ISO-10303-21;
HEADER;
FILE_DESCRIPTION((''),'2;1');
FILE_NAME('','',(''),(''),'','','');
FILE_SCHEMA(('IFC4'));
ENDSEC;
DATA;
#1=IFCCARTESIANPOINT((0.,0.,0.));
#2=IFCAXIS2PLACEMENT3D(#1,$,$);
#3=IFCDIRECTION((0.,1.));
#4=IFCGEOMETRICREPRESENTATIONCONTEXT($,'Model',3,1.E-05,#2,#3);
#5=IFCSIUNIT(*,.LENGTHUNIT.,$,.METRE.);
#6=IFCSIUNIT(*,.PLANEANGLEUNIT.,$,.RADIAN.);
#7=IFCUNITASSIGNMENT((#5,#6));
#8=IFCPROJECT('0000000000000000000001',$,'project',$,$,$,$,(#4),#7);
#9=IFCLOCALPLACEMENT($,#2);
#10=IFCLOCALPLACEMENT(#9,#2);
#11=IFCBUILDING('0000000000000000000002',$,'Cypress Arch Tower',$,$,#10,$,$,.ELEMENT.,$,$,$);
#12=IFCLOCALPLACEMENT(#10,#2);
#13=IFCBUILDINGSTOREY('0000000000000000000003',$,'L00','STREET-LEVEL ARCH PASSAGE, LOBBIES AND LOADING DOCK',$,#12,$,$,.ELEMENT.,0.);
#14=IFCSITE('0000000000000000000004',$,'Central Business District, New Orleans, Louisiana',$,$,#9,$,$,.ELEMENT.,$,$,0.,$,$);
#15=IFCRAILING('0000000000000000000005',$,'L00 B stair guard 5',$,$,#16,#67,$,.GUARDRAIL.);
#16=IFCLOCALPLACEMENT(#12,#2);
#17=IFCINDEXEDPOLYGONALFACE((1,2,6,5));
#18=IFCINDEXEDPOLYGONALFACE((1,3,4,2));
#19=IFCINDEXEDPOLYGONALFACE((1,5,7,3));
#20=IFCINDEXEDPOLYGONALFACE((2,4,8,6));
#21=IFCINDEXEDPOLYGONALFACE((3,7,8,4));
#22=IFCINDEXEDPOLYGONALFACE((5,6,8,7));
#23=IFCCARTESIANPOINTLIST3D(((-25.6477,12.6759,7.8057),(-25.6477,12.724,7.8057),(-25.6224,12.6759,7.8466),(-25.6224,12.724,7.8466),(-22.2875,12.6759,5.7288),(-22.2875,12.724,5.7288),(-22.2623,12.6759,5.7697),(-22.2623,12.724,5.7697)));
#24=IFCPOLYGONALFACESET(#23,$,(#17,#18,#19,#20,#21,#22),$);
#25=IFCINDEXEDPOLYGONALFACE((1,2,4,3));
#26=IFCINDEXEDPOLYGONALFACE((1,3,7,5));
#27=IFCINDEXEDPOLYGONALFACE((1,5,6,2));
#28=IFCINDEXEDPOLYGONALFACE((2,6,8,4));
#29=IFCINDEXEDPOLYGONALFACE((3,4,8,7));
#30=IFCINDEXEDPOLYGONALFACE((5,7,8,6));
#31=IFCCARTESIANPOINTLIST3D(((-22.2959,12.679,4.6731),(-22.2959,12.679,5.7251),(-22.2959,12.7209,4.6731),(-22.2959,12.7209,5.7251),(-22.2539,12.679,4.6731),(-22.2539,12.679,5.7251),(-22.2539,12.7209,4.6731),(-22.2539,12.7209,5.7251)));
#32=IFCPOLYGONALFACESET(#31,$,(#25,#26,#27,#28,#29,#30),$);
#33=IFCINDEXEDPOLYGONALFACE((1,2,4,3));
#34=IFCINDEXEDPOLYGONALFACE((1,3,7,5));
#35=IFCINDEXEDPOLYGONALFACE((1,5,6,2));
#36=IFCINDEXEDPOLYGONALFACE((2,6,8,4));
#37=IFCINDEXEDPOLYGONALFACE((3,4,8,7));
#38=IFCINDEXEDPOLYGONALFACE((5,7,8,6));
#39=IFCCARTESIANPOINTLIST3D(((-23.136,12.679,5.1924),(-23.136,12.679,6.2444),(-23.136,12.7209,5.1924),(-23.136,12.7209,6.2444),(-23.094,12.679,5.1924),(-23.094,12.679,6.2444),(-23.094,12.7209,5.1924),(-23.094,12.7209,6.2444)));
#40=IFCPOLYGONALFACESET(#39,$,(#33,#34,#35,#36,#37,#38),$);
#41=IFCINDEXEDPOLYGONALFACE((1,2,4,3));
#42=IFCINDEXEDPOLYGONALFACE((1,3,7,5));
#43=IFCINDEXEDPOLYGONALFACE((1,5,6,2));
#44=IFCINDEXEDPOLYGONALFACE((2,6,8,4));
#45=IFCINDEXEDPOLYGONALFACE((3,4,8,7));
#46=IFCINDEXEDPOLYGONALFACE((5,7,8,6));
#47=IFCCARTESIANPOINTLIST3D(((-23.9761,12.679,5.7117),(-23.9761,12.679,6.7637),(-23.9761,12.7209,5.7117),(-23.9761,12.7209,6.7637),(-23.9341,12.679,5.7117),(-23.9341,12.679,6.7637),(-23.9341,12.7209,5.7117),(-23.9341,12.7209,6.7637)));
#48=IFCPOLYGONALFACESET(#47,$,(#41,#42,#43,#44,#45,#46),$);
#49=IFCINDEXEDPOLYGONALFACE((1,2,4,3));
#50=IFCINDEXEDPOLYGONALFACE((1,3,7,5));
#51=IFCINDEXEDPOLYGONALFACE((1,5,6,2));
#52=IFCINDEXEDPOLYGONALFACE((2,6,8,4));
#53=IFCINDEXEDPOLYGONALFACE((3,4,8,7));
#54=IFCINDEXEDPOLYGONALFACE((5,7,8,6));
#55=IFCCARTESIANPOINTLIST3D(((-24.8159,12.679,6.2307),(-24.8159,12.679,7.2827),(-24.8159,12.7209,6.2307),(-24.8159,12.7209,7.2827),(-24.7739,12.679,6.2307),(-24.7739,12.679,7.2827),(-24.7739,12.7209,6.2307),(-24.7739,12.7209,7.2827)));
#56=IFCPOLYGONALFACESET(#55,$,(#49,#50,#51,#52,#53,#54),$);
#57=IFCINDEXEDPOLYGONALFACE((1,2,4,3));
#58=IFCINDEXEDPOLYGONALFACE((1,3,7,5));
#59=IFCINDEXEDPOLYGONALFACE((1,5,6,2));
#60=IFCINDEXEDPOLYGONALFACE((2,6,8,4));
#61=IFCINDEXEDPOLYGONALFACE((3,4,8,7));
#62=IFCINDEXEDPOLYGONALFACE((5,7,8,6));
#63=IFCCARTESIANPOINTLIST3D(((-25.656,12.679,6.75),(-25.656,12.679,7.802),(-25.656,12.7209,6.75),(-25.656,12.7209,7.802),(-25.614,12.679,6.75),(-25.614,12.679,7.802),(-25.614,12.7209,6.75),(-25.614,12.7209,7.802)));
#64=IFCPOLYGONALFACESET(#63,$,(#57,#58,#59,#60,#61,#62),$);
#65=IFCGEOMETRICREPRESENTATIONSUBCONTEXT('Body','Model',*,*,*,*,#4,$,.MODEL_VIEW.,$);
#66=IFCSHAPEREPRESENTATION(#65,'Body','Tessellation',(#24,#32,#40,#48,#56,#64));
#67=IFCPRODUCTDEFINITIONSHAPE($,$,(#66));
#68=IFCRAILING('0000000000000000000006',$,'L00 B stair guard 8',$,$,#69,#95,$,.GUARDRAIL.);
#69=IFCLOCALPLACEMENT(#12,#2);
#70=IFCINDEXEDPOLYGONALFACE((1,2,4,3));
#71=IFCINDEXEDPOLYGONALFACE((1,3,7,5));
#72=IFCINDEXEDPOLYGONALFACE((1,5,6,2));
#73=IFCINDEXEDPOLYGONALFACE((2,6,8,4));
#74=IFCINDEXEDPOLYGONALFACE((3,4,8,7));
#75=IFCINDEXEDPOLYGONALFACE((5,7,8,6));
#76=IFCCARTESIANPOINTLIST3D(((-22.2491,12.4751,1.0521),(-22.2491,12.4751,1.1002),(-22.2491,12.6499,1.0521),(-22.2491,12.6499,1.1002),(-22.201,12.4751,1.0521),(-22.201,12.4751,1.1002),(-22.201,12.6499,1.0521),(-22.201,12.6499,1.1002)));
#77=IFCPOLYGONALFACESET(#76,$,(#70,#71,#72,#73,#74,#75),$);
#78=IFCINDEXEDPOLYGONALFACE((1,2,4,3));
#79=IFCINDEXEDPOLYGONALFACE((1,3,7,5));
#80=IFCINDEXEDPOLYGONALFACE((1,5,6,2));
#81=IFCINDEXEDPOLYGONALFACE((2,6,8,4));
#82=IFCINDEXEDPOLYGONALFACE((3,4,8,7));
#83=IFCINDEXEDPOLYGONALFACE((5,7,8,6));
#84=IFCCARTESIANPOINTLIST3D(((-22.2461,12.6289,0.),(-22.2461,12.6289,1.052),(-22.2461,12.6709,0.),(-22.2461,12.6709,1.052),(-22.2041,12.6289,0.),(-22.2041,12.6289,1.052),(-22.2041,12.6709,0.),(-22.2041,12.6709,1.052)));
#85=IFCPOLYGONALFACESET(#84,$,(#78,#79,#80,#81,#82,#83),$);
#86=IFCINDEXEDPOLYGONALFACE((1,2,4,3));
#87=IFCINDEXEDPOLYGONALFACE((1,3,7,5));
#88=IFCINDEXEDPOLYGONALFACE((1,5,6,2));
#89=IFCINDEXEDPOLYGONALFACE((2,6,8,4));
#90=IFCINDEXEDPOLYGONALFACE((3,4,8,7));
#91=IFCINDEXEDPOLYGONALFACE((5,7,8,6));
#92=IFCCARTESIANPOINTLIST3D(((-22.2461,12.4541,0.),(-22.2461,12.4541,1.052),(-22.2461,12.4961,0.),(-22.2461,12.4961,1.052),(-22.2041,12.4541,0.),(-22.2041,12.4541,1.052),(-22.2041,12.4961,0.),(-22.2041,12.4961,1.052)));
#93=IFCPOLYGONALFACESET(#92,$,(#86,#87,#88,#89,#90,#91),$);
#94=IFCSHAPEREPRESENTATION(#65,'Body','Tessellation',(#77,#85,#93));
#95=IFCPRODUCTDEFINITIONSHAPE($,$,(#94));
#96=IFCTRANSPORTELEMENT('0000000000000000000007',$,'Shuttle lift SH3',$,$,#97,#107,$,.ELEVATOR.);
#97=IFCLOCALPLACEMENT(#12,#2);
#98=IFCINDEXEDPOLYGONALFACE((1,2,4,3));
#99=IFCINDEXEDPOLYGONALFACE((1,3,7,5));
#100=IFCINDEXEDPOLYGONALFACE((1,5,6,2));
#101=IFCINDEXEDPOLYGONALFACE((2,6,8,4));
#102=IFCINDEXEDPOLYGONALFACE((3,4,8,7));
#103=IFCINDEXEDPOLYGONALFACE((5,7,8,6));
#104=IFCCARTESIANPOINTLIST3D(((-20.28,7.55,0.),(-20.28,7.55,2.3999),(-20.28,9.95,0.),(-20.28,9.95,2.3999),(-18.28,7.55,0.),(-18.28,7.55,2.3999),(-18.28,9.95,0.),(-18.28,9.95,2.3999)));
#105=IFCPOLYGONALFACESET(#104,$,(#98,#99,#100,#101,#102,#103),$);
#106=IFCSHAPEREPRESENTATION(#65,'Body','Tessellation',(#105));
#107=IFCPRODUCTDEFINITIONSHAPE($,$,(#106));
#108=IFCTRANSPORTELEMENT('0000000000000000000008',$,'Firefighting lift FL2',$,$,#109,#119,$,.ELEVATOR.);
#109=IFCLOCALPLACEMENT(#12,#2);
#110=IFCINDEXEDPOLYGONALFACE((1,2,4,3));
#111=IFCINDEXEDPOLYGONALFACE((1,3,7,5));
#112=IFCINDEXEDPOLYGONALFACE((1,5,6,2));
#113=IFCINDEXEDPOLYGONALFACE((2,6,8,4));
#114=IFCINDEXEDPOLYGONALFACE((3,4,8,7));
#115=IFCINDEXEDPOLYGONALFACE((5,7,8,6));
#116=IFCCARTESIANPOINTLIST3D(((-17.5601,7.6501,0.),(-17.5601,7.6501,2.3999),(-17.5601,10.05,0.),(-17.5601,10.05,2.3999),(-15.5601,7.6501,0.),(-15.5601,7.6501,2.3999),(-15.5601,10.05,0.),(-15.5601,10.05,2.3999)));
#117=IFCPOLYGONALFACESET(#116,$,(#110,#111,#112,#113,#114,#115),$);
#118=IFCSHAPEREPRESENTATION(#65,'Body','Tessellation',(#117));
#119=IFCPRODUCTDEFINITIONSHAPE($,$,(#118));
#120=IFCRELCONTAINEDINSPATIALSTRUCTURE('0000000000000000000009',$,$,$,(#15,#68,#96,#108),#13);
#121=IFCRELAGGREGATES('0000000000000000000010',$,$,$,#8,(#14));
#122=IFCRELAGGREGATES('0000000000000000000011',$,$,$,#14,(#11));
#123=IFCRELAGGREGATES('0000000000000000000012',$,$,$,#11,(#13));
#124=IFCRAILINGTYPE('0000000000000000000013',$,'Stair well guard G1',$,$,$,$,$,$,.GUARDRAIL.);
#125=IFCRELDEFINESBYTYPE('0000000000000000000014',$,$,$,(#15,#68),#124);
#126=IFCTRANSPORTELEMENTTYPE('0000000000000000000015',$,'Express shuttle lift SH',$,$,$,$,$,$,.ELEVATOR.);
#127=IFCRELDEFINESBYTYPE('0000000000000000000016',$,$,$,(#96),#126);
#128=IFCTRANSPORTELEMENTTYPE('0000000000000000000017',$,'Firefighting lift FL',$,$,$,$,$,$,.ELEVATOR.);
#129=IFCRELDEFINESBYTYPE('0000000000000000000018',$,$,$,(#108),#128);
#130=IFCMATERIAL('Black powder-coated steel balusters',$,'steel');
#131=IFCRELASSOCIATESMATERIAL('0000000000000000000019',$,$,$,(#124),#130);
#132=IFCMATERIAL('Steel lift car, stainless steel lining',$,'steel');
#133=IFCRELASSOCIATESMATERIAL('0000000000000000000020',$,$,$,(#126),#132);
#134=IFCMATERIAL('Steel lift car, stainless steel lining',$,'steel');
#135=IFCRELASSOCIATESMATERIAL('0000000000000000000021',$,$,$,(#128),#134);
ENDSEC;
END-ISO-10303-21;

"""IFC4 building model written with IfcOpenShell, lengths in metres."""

from ifc_helpers import new_model, si_unit, direction, frame, origin, origin_2d, place, context, subcontext, project, spatial, rectangle, extrude, material, type_object, element, save


model = new_model("IFC4")

# Units and contexts
model_context = context("Model", 3, precision=1e-05, world=origin(), true_north=direction((0.0, 1.0)))
body_context = subcontext(model_context, "Body", "Model", "MODEL_VIEW")
ifc_project = project(units=[si_unit("LENGTHUNIT", "METRE"), si_unit("PLANEANGLEUNIT", "RADIAN")], contexts=[model_context])

# Site, building, storey
site_placement = place(None, origin())
site = spatial("IfcSite", under=ifc_project, at=site_placement, Name="Central Business District, New Orleans, Louisiana", CompositionType="ELEMENT", RefElevation=0.0)
building_placement = place(site_placement, origin())
building = spatial("IfcBuilding", under=site, at=building_placement, Name="Cypress Arch Tower", CompositionType="ELEMENT")
storey_placement = place(building_placement, origin())
storey = spatial("IfcBuildingStorey", under=building, at=storey_placement, Name="L00", Description="STREET-LEVEL ARCH PASSAGE, LOBBIES AND LOADING DOCK", CompositionType="ELEMENT", Elevation=0.0)

# Railings
ifc_material_1 = material(Name="Black powder-coated steel balusters", Category="steel")
railing_type_1 = type_object("IfcRailingType", Name="Stair well guard G1", PredefinedType="GUARDRAIL", material=ifc_material_1)
railing_1_placement = place(storey_placement, frame((-22.2749, 12.7, 4.6731)))
element("IfcRailing", 1, at=railing_1_placement, inside=storey, type_object=railing_type_1, Name="L00 B stair guard 5", PredefinedType="GUARDRAIL", context=body_context, shape_type="SweptSolid", body=[
    extrude(rectangle(XDim=0.0481, YDim=0.0481, at=origin_2d()), frame((0.0, 0.0, 1.0762), z_axis=(-0.850623, 0.0, 0.525776), x_axis=(0.0, -1.0, 0.0)), (0.0, 0.0, 1.0), 3.9502),
    extrude(rectangle(XDim=0.042, YDim=0.042, at=origin_2d()), origin(), (0.0, 0.0, 1.0), 1.052),
    extrude(rectangle(XDim=0.042, YDim=0.042, at=origin_2d()), frame((-0.8401, 0.0, 0.5193)), (0.0, 0.0, 1.0), 1.052),
    extrude(rectangle(XDim=0.042, YDim=0.042, at=origin_2d()), frame((-1.6802, 0.0, 1.0386)), (0.0, 0.0, 1.0), 1.052),
    extrude(rectangle(XDim=0.042, YDim=0.042, at=origin_2d()), frame((-2.52, 0.0, 1.5576)), (0.0, 0.0, 1.0), 1.052),
    extrude(rectangle(XDim=0.042, YDim=0.042, at=origin_2d()), frame((-3.3601, 0.0, 2.0769)), (0.0, 0.0, 1.0), 1.052),
])
railing_2_placement = place(storey_placement, frame((-22.2251, 12.6499, 0.0)))
element("IfcRailing", 2, at=railing_2_placement, inside=storey, type_object=railing_type_1, Name="L00 B stair guard 8", PredefinedType="GUARDRAIL", context=body_context, shape_type="SweptSolid", body=[
    extrude(rectangle(XDim=0.0481, YDim=0.0481, at=origin_2d()), frame((0.0, 0.0, 1.0762), z_axis=(0.0, -1.0, 0.0), x_axis=(1.0, 0.0, 0.0)), (0.0, 0.0, 1.0), 0.1748),
    extrude(rectangle(XDim=0.042, YDim=0.042, at=origin_2d()), origin(), (0.0, 0.0, 1.0), 1.052),
    extrude(rectangle(XDim=0.042, YDim=0.042, at=origin_2d()), frame((0.0, -0.1748, 0.0)), (0.0, 0.0, 1.0), 1.052),
])

# Transport elements
ifc_material_2 = material(Name="Steel lift car, stainless steel lining", Category="steel")
transport_element_type_1 = type_object("IfcTransportElementType", Name="Express shuttle lift SH", PredefinedType="ELEVATOR", material=ifc_material_2)
transport_element_1_placement = place(storey_placement, frame((-19.28, 8.75, 0.0), z_axis=(0.0, 0.0, 1.0), x_axis=(1.0, 0.0, 0.0)))
element("IfcTransportElement", 3, at=transport_element_1_placement, inside=storey, type_object=transport_element_type_1, Name="Shuttle lift SH3", PredefinedType="ELEVATOR", context=body_context, shape_type="SweptSolid", body=[
    extrude(rectangle(XDim=2.0, YDim=2.3999, at=origin_2d()), origin(), (0.0, 0.0, 1.0), 2.3999),
])
ifc_material_3 = material(Name="Steel lift car, stainless steel lining", Category="steel")
transport_element_type_2 = type_object("IfcTransportElementType", Name="Firefighting lift FL", PredefinedType="ELEVATOR", material=ifc_material_3)
transport_element_2_placement = place(storey_placement, frame((-16.5601, 8.8501, 0.0), z_axis=(0.0, 0.0, 1.0), x_axis=(1.0, 0.0, 0.0)))
element("IfcTransportElement", 4, at=transport_element_2_placement, inside=storey, type_object=transport_element_type_2, Name="Firefighting lift FL2", PredefinedType="ELEVATOR", context=body_context, shape_type="SweptSolid", body=[
    extrude(rectangle(XDim=2.0, YDim=2.3999, at=origin_2d()), origin(), (0.0, 0.0, 1.0), 2.3999),
])

save(model, "model.ifc")
